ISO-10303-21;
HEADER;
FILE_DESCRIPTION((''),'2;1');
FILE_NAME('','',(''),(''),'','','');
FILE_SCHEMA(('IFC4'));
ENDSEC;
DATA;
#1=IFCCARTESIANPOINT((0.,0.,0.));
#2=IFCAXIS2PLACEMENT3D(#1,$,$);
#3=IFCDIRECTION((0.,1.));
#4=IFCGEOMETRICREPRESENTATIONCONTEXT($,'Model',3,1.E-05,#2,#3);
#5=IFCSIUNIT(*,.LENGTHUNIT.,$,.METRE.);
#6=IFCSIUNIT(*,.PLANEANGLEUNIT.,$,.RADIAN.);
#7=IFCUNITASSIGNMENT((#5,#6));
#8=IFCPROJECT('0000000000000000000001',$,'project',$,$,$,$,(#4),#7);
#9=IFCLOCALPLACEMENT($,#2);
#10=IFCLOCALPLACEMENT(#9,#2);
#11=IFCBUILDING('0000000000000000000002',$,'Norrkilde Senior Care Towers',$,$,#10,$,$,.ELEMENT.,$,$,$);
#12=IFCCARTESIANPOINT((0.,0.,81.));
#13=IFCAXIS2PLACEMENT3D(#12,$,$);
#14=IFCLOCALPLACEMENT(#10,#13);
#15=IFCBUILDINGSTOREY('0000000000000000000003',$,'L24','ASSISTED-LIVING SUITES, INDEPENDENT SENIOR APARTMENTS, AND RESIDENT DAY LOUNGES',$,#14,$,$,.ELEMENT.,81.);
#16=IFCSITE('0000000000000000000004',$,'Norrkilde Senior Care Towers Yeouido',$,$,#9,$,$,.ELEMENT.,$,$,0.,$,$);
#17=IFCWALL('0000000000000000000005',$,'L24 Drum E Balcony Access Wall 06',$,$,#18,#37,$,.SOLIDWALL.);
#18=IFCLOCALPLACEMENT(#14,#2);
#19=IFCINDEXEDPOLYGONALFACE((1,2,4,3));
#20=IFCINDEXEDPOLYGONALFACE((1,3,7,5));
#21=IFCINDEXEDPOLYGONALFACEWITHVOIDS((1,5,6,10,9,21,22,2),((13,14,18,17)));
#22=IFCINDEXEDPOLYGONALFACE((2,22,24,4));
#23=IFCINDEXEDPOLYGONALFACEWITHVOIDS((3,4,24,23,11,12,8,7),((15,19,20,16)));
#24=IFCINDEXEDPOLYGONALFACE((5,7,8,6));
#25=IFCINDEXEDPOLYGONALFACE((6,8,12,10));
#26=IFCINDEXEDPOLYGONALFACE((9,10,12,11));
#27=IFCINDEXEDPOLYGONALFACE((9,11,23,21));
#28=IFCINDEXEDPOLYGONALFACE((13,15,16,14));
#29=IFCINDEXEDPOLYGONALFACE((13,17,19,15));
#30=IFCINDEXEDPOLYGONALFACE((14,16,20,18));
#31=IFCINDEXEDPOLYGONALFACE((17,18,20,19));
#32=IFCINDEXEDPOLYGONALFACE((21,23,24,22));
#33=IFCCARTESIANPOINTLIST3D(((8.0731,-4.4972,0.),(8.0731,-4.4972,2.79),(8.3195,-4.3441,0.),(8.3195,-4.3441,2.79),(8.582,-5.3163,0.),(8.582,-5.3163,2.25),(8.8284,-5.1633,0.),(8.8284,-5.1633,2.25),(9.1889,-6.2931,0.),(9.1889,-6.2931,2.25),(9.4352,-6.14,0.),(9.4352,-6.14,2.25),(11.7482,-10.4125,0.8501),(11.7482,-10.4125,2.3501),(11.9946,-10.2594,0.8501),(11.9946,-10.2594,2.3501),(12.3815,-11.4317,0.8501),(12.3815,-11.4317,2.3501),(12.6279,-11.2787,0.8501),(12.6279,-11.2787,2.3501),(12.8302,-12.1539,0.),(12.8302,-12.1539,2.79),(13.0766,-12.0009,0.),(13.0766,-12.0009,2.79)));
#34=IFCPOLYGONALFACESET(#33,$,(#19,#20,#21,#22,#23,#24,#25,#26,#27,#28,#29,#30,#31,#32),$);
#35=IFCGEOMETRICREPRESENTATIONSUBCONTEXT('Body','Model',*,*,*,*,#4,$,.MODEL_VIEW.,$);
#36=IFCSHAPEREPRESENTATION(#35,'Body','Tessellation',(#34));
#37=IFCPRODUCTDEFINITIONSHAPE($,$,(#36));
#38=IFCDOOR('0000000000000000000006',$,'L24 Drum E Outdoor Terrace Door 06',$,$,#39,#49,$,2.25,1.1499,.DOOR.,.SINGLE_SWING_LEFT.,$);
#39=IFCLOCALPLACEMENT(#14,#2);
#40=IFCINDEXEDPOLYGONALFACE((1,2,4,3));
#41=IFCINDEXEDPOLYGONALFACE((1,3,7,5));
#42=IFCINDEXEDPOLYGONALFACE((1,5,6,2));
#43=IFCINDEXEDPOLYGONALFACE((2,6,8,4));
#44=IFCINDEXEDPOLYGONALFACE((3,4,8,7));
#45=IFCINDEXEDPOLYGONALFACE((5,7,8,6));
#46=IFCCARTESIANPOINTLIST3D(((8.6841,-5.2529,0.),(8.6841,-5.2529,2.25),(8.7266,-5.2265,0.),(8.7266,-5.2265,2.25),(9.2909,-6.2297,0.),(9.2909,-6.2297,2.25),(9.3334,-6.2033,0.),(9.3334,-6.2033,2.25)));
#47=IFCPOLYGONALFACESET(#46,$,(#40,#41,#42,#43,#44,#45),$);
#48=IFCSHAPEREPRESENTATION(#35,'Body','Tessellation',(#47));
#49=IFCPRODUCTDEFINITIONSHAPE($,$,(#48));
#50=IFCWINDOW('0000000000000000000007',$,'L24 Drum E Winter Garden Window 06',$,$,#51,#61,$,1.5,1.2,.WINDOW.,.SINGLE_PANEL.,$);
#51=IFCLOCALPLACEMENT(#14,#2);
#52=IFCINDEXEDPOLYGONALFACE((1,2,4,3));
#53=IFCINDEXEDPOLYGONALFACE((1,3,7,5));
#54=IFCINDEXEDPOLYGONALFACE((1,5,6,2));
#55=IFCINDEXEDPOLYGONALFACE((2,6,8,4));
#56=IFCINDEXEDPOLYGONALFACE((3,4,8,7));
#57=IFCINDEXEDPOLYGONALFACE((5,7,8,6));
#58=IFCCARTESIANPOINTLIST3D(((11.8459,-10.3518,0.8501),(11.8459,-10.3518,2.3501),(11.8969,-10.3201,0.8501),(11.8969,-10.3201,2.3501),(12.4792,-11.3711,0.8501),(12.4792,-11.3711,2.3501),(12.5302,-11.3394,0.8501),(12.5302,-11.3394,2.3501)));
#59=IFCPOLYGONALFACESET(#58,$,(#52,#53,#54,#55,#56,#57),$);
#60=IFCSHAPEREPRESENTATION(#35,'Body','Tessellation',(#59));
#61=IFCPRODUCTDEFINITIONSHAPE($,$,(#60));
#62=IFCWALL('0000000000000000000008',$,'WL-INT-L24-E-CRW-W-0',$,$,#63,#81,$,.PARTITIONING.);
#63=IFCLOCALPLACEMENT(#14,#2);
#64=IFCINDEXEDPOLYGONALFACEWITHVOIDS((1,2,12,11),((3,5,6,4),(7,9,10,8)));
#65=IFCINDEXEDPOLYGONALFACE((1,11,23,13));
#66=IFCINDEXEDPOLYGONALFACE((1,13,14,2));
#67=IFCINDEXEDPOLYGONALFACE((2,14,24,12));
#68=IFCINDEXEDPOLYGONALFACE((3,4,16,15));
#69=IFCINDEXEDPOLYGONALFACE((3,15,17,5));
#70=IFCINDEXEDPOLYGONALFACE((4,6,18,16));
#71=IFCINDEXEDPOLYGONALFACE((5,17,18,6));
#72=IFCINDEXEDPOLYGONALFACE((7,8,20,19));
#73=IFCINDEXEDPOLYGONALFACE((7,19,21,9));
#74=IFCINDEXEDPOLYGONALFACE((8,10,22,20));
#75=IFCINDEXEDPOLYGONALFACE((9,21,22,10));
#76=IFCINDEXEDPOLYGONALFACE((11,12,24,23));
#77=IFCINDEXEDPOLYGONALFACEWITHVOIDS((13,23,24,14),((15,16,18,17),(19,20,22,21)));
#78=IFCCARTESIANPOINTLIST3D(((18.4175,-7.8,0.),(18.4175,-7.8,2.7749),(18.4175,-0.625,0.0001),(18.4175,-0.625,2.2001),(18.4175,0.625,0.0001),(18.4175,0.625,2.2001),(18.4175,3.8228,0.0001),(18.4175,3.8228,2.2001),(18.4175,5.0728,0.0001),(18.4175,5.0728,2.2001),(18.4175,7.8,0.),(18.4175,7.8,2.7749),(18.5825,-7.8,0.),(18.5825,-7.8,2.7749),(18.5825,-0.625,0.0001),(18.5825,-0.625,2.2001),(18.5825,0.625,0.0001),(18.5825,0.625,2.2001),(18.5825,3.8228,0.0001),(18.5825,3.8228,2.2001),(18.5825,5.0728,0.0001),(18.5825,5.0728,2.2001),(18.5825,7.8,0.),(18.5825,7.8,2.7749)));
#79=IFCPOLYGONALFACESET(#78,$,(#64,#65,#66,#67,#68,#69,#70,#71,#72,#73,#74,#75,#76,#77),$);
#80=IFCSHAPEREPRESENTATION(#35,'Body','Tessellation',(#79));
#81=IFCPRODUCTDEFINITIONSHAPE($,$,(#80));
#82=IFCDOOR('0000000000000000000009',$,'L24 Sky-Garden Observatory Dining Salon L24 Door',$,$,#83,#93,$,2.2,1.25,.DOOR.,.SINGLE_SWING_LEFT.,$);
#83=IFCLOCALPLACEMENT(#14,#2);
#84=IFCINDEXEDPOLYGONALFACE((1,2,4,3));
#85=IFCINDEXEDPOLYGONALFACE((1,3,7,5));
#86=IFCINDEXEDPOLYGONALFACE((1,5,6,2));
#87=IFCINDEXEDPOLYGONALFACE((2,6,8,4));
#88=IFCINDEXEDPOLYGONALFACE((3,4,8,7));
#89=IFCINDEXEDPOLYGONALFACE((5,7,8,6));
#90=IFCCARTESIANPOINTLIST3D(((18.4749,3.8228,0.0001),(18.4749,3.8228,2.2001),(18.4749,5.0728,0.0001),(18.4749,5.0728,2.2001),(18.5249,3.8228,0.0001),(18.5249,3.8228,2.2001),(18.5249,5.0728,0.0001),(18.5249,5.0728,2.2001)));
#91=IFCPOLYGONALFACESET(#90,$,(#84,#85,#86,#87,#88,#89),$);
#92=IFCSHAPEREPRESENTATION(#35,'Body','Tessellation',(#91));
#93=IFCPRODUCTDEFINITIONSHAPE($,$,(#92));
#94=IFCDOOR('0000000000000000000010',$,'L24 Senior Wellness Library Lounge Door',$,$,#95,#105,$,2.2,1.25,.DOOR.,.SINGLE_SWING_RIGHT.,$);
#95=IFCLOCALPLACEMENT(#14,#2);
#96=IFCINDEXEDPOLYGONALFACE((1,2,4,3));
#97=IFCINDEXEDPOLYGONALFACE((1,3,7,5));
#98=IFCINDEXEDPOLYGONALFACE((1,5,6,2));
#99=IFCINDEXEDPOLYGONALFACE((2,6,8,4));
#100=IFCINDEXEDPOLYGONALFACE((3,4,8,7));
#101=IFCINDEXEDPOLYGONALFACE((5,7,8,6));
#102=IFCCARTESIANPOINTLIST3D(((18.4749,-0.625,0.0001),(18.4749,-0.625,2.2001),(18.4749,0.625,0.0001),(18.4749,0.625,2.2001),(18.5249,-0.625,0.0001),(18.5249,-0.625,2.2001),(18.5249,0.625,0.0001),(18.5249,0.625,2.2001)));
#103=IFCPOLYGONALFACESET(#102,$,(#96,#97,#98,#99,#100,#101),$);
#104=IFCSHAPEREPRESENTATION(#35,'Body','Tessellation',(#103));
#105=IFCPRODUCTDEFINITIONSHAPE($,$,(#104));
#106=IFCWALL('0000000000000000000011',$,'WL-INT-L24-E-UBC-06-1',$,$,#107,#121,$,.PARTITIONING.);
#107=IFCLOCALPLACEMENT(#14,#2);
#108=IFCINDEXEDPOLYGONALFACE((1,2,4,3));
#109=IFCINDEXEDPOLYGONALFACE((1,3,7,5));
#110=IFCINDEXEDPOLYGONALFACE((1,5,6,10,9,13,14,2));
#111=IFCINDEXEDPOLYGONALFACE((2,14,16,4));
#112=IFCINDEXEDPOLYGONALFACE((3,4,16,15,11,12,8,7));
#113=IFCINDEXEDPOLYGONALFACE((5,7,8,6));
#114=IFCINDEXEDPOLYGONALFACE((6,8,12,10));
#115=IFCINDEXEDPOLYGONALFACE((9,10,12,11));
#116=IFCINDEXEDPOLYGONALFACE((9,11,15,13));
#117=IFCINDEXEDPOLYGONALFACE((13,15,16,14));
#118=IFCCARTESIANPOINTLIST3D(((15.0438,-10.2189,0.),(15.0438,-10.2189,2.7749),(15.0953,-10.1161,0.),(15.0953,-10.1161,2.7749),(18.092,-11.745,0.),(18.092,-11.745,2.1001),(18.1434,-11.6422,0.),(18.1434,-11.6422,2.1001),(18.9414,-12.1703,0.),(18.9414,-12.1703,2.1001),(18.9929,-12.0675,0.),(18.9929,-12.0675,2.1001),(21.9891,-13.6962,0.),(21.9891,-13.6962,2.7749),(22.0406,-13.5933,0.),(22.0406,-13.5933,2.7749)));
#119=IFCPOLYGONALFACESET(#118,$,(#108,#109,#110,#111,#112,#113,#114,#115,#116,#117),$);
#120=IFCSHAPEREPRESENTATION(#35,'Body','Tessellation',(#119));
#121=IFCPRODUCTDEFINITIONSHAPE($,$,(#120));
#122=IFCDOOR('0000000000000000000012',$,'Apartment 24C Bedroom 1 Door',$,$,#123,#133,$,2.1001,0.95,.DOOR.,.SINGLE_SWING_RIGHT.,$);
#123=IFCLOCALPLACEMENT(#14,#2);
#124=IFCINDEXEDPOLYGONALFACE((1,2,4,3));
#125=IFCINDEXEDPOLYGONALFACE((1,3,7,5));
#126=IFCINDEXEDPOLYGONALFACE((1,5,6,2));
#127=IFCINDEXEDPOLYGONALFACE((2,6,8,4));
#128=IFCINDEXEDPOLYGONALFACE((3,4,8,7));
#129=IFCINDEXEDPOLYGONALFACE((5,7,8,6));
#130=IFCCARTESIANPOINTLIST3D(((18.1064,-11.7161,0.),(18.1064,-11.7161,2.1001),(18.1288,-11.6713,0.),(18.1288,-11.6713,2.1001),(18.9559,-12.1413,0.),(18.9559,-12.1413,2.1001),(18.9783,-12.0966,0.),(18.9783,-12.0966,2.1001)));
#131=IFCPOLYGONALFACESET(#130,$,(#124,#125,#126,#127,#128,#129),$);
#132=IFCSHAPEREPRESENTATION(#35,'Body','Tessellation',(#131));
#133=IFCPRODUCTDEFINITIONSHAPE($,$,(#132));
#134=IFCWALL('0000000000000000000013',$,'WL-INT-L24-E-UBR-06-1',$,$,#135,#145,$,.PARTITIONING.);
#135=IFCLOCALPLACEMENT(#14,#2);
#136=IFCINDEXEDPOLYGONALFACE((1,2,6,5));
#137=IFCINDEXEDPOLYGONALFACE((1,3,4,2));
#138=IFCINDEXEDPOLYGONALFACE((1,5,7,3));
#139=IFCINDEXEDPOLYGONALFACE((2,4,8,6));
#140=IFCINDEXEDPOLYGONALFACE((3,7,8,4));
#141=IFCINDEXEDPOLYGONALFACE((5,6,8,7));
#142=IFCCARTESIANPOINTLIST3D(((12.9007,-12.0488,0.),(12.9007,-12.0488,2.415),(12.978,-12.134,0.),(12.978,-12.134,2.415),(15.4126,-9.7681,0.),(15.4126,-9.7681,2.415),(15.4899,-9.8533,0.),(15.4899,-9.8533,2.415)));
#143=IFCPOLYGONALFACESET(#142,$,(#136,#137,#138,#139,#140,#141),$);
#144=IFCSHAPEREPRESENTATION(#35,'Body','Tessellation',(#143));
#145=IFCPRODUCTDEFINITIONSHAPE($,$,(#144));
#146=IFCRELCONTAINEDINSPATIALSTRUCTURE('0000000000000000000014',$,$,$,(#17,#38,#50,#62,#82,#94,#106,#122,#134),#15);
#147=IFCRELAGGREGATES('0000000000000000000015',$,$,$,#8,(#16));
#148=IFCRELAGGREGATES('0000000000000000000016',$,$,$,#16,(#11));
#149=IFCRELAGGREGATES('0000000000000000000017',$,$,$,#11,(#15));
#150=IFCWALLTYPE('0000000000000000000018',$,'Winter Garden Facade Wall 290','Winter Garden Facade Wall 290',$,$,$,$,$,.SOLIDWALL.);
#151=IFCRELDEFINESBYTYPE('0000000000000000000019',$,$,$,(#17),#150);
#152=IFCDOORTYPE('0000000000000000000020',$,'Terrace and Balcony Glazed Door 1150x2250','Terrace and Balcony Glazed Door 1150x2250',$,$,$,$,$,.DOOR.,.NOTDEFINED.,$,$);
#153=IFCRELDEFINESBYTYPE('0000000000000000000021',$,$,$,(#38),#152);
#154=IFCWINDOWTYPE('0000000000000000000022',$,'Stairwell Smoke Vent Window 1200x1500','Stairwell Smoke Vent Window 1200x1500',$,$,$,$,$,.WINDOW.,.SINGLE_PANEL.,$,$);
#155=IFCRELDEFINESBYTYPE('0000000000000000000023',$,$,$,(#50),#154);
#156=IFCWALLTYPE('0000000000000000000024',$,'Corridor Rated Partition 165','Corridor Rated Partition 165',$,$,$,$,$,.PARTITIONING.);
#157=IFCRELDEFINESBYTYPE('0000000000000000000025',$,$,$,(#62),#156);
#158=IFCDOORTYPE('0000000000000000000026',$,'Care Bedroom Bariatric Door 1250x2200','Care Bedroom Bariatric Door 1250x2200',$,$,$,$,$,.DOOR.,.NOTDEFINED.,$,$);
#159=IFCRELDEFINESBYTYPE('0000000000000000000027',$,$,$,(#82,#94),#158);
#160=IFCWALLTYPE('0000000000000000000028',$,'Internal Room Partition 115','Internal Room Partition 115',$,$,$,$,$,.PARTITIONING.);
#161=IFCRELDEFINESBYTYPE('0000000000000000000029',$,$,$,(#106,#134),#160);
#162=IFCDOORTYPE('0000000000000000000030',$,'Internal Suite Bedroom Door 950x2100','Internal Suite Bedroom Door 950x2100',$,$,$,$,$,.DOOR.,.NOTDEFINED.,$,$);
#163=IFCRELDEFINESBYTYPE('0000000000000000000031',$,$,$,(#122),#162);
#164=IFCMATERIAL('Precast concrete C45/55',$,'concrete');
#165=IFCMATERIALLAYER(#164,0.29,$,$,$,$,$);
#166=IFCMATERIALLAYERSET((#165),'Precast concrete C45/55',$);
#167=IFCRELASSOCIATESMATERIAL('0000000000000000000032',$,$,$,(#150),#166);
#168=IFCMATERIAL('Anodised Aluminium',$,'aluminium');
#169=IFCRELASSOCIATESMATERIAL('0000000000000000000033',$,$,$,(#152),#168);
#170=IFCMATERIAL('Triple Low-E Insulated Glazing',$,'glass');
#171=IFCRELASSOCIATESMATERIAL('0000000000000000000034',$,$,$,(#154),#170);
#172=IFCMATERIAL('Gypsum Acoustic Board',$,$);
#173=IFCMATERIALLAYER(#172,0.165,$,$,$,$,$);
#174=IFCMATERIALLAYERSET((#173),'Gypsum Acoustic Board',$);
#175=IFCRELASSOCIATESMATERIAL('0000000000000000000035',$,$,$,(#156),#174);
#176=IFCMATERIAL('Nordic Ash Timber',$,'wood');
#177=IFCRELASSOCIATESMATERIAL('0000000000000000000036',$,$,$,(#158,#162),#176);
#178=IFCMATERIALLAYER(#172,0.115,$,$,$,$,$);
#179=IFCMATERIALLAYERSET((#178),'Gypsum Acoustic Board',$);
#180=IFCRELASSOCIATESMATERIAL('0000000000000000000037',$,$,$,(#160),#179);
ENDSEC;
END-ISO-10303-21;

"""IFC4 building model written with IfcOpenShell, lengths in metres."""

from ifc_helpers import new_model, si_unit, direction, frame, frame_2d, origin, place, context, subcontext, project, spatial, rectangle, extrude, source, transform, mapped, material, layer, layer_set, type_object, type_shapes, element, fill, save


model = new_model("IFC4")

# Units and contexts
model_context = context("Model", 3, precision=1e-05, world=origin(), true_north=direction((0.0, 1.0)))
body_context = subcontext(model_context, "Body", "Model", "MODEL_VIEW")
ifc_project = project(units=[si_unit("LENGTHUNIT", "METRE"), si_unit("PLANEANGLEUNIT", "RADIAN")], contexts=[model_context])

# Site, building, storey
site_placement = place(None, origin())
site = spatial("IfcSite", under=ifc_project, at=site_placement, Name="Norrkilde Senior Care Towers Yeouido", CompositionType="ELEMENT", RefElevation=0.0)
building_placement = place(site_placement, origin())
building = spatial("IfcBuilding", under=site, at=building_placement, Name="Norrkilde Senior Care Towers", CompositionType="ELEMENT")
storey_placement = place(building_placement, frame((0.0, 0.0, 81.0)))
storey = spatial("IfcBuildingStorey", under=building, at=storey_placement, Name="L24", Description="ASSISTED-LIVING SUITES, INDEPENDENT SENIOR APARTMENTS, AND RESIDENT DAY LOUNGES", CompositionType="ELEMENT", Elevation=81.0)

# Shared definitions
ifc_material_1 = material(Name="Triple Low-E Insulated Glazing", Category="glass")
ifc_material_2 = material(Name="Anodised Aluminium", Category="aluminium")

# Wall, openings, door, window
ifc_material_3 = material(Name="Precast concrete C45/55", Category="concrete")
ifc_layer_1 = layer(ifc_material_3, 0.29)
ifc_layer_set_1 = layer_set([ifc_layer_1], Name="Precast concrete C45/55")
wall_type_1 = type_object("IfcWallType", Name="Winter Garden Facade Wall 290", Description="Winter Garden Facade Wall 290", PredefinedType="SOLIDWALL", material=ifc_layer_set_1)
shared_shape_1 = source(origin(), body_context, "Body", "SweptSolid", [
    extrude(rectangle(XDim=9.0142, YDim=0.29, at=frame_2d((4.5071, 0.0))), origin(), (0.0, 0.0, 1.0), 2.79),
])
type_shapes(wall_type_1, [shared_shape_1])
wall_1_placement = place(storey_placement, frame((12.9534, -12.0774, 0.0), z_axis=(0.0, 0.0, 1.0), x_axis=(-0.527733, 0.84941, 0.0)))
wall_1 = element("IfcWall", 1, at=wall_1_placement, inside=storey, type_object=wall_type_1, Name="L24 Drum E Balcony Access Wall 06", PredefinedType="SOLIDWALL", context=body_context, shape_type="MappedRepresentation", body=[
    mapped(shared_shape_1, transform((0.0, 0.0, 0.0), x_axis=(1.0, 0.0, 0.0), y_axis=(0.0, 1.0, 0.0), z_axis=(0.0, 0.0, 1.0), scale=1.0)),
])
opening_1_placement = place(wall_1_placement, frame((6.8999, 0.0, 0.0)))
opening_1 = element("IfcOpeningElement", 2, at=opening_1_placement, cuts=wall_1, PredefinedType="OPENING", context=body_context, shape_type="SweptSolid", body=[
    extrude(rectangle(XDim=1.1499, YDim=2.25, at=frame_2d((0.575, 1.125))), frame((0.0, 0.155, 0.0), z_axis=(0.0, -1.0, 0.0), x_axis=(1.0, 0.0, 0.0)), (0.0, 0.0, 1.0), 0.3101),
])
opening_2_placement = place(wall_1_placement, frame((0.8501, 0.0, 0.8501)))
opening_2 = element("IfcOpeningElement", 3, at=opening_2_placement, cuts=wall_1, PredefinedType="OPENING", context=body_context, shape_type="SweptSolid", body=[
    extrude(rectangle(XDim=1.2, YDim=1.5, at=frame_2d((0.6001, 0.75))), frame((0.0, 0.155, 0.0), z_axis=(0.0, -1.0, 0.0), x_axis=(1.0, 0.0, 0.0)), (0.0, 0.0, 1.0), 0.3101),
])
door_type_1 = type_object("IfcDoorType", Name="Terrace and Balcony Glazed Door 1150x2250", Description="Terrace and Balcony Glazed Door 1150x2250", OperationType="NOTDEFINED", PredefinedType="DOOR", material=ifc_material_2)
shared_shape_2 = source(origin(), body_context, "Body", "SweptSolid", [
    extrude(rectangle(XDim=1.1499, YDim=2.25, at=frame_2d((0.575, 1.125))), frame((0.0, 0.0249, 0.0), z_axis=(0.0, -1.0, 0.0), x_axis=(1.0, 0.0, 0.0)), (0.0, 0.0, 1.0), 0.05),
])
type_shapes(door_type_1, [shared_shape_2])
door_1_placement = place(opening_1_placement, origin())
door_1 = element("IfcDoor", 4, at=door_1_placement, inside=storey, type_object=door_type_1, Name="L24 Drum E Outdoor Terrace Door 06", OperationType="SINGLE_SWING_LEFT", OverallHeight=2.25, OverallWidth=1.1499, PredefinedType="DOOR", context=body_context, shape_type="MappedRepresentation", body=[
    mapped(shared_shape_2, transform((0.0, 0.0, 0.0), x_axis=(1.0, 0.0, 0.0), y_axis=(0.0, 1.0, 0.0), z_axis=(0.0, 0.0, 1.0), scale=1.0)),
])
fill(opening_1, door_1)
window_type = type_object("IfcWindowType", Name="Stairwell Smoke Vent Window 1200x1500", Description="Stairwell Smoke Vent Window 1200x1500", PartitioningType="SINGLE_PANEL", PredefinedType="WINDOW", material=ifc_material_1)
shared_shape_3 = source(origin(), body_context, "Body", "SweptSolid", [
    extrude(rectangle(XDim=1.2, YDim=1.5, at=frame_2d((0.6001, 0.75))), frame((0.0, 0.03, 0.0), z_axis=(0.0, -1.0, 0.0), x_axis=(1.0, 0.0, 0.0)), (0.0, 0.0, 1.0), 0.0601),
])
type_shapes(window_type, [shared_shape_3])
window_placement = place(opening_2_placement, origin())
window = element("IfcWindow", 5, at=window_placement, inside=storey, type_object=window_type, Name="L24 Drum E Winter Garden Window 06", OverallHeight=1.5, OverallWidth=1.2, PartitioningType="SINGLE_PANEL", PredefinedType="WINDOW", context=body_context, shape_type="MappedRepresentation", body=[
    mapped(shared_shape_3, transform((0.0, 0.0, 0.0), x_axis=(1.0, 0.0, 0.0), y_axis=(0.0, 1.0, 0.0), z_axis=(0.0, 0.0, 1.0), scale=1.0)),
])
fill(opening_2, window)

# Wall, openings, doors
ifc_material_4 = material(Name="Gypsum Acoustic Board")
ifc_layer_2 = layer(ifc_material_4, 0.165)
ifc_layer_set_2 = layer_set([ifc_layer_2], Name="Gypsum Acoustic Board")
wall_type_2 = type_object("IfcWallType", Name="Corridor Rated Partition 165", Description="Corridor Rated Partition 165", PredefinedType="PARTITIONING", material=ifc_layer_set_2)
shared_shape_4 = source(origin(), body_context, "Body", "SweptSolid", [
    extrude(rectangle(XDim=15.6001, YDim=0.165, at=frame_2d((7.8, 0.0))), origin(), (0.0, 0.0, 1.0), 2.7749),
])
type_shapes(wall_type_2, [shared_shape_4])
wall_2_placement = place(storey_placement, frame((18.5, -7.8, 0.0), z_axis=(0.0, 0.0, 1.0), x_axis=(0.0, 1.0, 0.0)))
wall_2 = element("IfcWall", 6, at=wall_2_placement, inside=storey, type_object=wall_type_2, Name="WL-INT-L24-E-CRW-W-0", PredefinedType="PARTITIONING", context=body_context, shape_type="MappedRepresentation", body=[
    mapped(shared_shape_4, transform((0.0, 0.0, 0.0), x_axis=(1.0, 0.0, 0.0), y_axis=(0.0, 1.0, 0.0), z_axis=(0.0, 0.0, 1.0), scale=1.0)),
])
opening_3_placement = place(wall_2_placement, frame((11.6228, 0.0, 0.0)))
opening_3 = element("IfcOpeningElement", 7, at=opening_3_placement, cuts=wall_2, PredefinedType="OPENING", context=body_context, shape_type="SweptSolid", body=[
    extrude(rectangle(XDim=1.25, YDim=2.2, at=frame_2d((0.625, 1.1001))), frame((0.0, 0.0925, 0.0), z_axis=(0.0, -1.0, 0.0), x_axis=(1.0, 0.0, 0.0)), (0.0, 0.0, 1.0), 0.1851),
])
opening_4_placement = place(wall_2_placement, frame((7.175, 0.0, 0.0)))
opening_4 = element("IfcOpeningElement", 8, at=opening_4_placement, cuts=wall_2, PredefinedType="OPENING", context=body_context, shape_type="SweptSolid", body=[
    extrude(rectangle(XDim=1.25, YDim=2.2, at=frame_2d((0.625, 1.1001))), frame((0.0, 0.0925, 0.0), z_axis=(0.0, -1.0, 0.0), x_axis=(1.0, 0.0, 0.0)), (0.0, 0.0, 1.0), 0.1851),
])
ifc_material_5 = material(Name="Nordic Ash Timber", Category="wood")
door_type_2 = type_object("IfcDoorType", Name="Care Bedroom Bariatric Door 1250x2200", Description="Care Bedroom Bariatric Door 1250x2200", OperationType="NOTDEFINED", PredefinedType="DOOR", material=ifc_material_5)
shared_shape_5 = source(origin(), body_context, "Body", "SweptSolid", [
    extrude(rectangle(XDim=1.25, YDim=2.2, at=frame_2d((0.625, 1.1001))), frame((0.0, 0.0249, 0.0), z_axis=(0.0, -1.0, 0.0), x_axis=(1.0, 0.0, 0.0)), (0.0, 0.0, 1.0), 0.05),
])
type_shapes(door_type_2, [shared_shape_5])
door_2_placement = place(opening_3_placement, frame((1.25, 0.0, 0.0), z_axis=(0.0, 0.0, 1.0), x_axis=(-1.0, 0.0, 0.0)))
door_2 = element("IfcDoor", 9, at=door_2_placement, inside=storey, type_object=door_type_2, Name="L24 Sky-Garden Observatory Dining Salon L24 Door", OperationType="SINGLE_SWING_LEFT", OverallHeight=2.2, OverallWidth=1.25, PredefinedType="DOOR", context=body_context, shape_type="MappedRepresentation", body=[
    mapped(shared_shape_5, transform((0.0, 0.0, 0.0), x_axis=(1.0, 0.0, 0.0), y_axis=(0.0, 1.0, 0.0), z_axis=(0.0, 0.0, 1.0), scale=1.0)),
])
fill(opening_3, door_2)
door_3_placement = place(opening_4_placement, frame((1.25, 0.0, 0.0), z_axis=(0.0, 0.0, 1.0), x_axis=(-1.0, 0.0, 0.0)))
door_3 = element("IfcDoor", 10, at=door_3_placement, inside=storey, type_object=door_type_2, Name="L24 Senior Wellness Library Lounge Door", OperationType="SINGLE_SWING_RIGHT", OverallHeight=2.2, OverallWidth=1.25, PredefinedType="DOOR", context=body_context, shape_type="MappedRepresentation", body=[
    mapped(shared_shape_5, transform((0.0, 0.0, 0.0), x_axis=(1.0, 0.0, 0.0), y_axis=(0.0, 1.0, 0.0), z_axis=(0.0, 0.0, 1.0), scale=1.0)),
])
fill(opening_4, door_3)

# Wall, opening, door
ifc_layer_3 = layer(ifc_material_4, 0.115)
ifc_layer_set_3 = layer_set([ifc_layer_3], Name="Gypsum Acoustic Board")
wall_type_3 = type_object("IfcWallType", Name="Internal Room Partition 115", Description="Internal Room Partition 115", PredefinedType="PARTITIONING", material=ifc_layer_set_3)
shared_shape_6 = source(origin(), body_context, "Body", "SweptSolid", [
    extrude(rectangle(XDim=7.7671, YDim=0.115, at=frame_2d((3.8835, 0.0))), origin(), (0.0, 0.0, 1.0), 2.7749),
])
wall_3_placement = place(storey_placement, frame((15.0696, -10.1675, 0.0), z_axis=(0.0, 0.0, 1.0), x_axis=(0.894188, -0.447691, 0.0)))
wall_3 = element("IfcWall", 11, at=wall_3_placement, inside=storey, type_object=wall_type_3, Name="WL-INT-L24-E-UBC-06-1", PredefinedType="PARTITIONING", context=body_context, shape_type="MappedRepresentation", body=[
    mapped(shared_shape_6, transform((0.0, 0.0, 0.0), x_axis=(1.0, 0.0, 0.0), y_axis=(0.0, 1.0, 0.0), z_axis=(0.0, 0.0, 1.0), scale=1.0)),
])
opening_5_placement = place(wall_3_placement, frame((3.4087, 0.0, 0.0)))
opening_5 = element("IfcOpeningElement", 12, at=opening_5_placement, cuts=wall_3, PredefinedType="OPENING", context=body_context, shape_type="SweptSolid", body=[
    extrude(rectangle(XDim=0.95, YDim=2.1001, at=frame_2d((0.4751, 1.05))), frame((0.0, 0.0674, 0.0), z_axis=(0.0, -1.0, 0.0), x_axis=(1.0, 0.0, 0.0)), (0.0, 0.0, 1.0), 0.135),
])
door_type_3 = type_object("IfcDoorType", Name="Internal Suite Bedroom Door 950x2100", Description="Internal Suite Bedroom Door 950x2100", OperationType="NOTDEFINED", PredefinedType="DOOR", material=ifc_material_5)
shared_shape_7 = source(origin(), body_context, "Body", "SweptSolid", [
    extrude(rectangle(XDim=0.95, YDim=2.1001, at=frame_2d((0.4751, 1.05))), frame((0.0, 0.0249, 0.0), z_axis=(0.0, -1.0, 0.0), x_axis=(1.0, 0.0, 0.0)), (0.0, 0.0, 1.0), 0.05),
])
type_shapes(door_type_3, [shared_shape_7])
door_4_placement = place(opening_5_placement, origin())
door_4 = element("IfcDoor", 13, at=door_4_placement, inside=storey, type_object=door_type_3, Name="Apartment 24C Bedroom 1 Door", OperationType="SINGLE_SWING_RIGHT", OverallHeight=2.1001, OverallWidth=0.95, PredefinedType="DOOR", context=body_context, shape_type="MappedRepresentation", body=[
    mapped(shared_shape_7, transform((0.0, 0.0, 0.0), x_axis=(1.0, 0.0, 0.0), y_axis=(0.0, 1.0, 0.0), z_axis=(0.0, 0.0, 1.0), scale=1.0)),
])
fill(opening_5, door_4)

# Wall
shared_shape_8 = source(origin(), body_context, "Body", "SweptSolid", [
    extrude(rectangle(XDim=3.3928, YDim=0.115, at=frame_2d((1.6963, 0.0))), origin(), (0.0, 0.0, 1.0), 2.415),
])
wall_4_placement = place(storey_placement, frame((15.4512, -9.8108, 0.0), z_axis=(0.0, 0.0, 1.0), x_axis=(-0.740357, -0.672214, 0.0)))
element("IfcWall", 14, at=wall_4_placement, inside=storey, type_object=wall_type_3, Name="WL-INT-L24-E-UBR-06-1", PredefinedType="PARTITIONING", context=body_context, shape_type="MappedRepresentation", body=[
    mapped(shared_shape_8, transform((0.0, 0.0, 0.0), x_axis=(1.0, 0.0, 0.0), y_axis=(0.0, 1.0, 0.0), z_axis=(0.0, 0.0, 1.0), scale=1.0)),
])

save(model, "model.ifc")
